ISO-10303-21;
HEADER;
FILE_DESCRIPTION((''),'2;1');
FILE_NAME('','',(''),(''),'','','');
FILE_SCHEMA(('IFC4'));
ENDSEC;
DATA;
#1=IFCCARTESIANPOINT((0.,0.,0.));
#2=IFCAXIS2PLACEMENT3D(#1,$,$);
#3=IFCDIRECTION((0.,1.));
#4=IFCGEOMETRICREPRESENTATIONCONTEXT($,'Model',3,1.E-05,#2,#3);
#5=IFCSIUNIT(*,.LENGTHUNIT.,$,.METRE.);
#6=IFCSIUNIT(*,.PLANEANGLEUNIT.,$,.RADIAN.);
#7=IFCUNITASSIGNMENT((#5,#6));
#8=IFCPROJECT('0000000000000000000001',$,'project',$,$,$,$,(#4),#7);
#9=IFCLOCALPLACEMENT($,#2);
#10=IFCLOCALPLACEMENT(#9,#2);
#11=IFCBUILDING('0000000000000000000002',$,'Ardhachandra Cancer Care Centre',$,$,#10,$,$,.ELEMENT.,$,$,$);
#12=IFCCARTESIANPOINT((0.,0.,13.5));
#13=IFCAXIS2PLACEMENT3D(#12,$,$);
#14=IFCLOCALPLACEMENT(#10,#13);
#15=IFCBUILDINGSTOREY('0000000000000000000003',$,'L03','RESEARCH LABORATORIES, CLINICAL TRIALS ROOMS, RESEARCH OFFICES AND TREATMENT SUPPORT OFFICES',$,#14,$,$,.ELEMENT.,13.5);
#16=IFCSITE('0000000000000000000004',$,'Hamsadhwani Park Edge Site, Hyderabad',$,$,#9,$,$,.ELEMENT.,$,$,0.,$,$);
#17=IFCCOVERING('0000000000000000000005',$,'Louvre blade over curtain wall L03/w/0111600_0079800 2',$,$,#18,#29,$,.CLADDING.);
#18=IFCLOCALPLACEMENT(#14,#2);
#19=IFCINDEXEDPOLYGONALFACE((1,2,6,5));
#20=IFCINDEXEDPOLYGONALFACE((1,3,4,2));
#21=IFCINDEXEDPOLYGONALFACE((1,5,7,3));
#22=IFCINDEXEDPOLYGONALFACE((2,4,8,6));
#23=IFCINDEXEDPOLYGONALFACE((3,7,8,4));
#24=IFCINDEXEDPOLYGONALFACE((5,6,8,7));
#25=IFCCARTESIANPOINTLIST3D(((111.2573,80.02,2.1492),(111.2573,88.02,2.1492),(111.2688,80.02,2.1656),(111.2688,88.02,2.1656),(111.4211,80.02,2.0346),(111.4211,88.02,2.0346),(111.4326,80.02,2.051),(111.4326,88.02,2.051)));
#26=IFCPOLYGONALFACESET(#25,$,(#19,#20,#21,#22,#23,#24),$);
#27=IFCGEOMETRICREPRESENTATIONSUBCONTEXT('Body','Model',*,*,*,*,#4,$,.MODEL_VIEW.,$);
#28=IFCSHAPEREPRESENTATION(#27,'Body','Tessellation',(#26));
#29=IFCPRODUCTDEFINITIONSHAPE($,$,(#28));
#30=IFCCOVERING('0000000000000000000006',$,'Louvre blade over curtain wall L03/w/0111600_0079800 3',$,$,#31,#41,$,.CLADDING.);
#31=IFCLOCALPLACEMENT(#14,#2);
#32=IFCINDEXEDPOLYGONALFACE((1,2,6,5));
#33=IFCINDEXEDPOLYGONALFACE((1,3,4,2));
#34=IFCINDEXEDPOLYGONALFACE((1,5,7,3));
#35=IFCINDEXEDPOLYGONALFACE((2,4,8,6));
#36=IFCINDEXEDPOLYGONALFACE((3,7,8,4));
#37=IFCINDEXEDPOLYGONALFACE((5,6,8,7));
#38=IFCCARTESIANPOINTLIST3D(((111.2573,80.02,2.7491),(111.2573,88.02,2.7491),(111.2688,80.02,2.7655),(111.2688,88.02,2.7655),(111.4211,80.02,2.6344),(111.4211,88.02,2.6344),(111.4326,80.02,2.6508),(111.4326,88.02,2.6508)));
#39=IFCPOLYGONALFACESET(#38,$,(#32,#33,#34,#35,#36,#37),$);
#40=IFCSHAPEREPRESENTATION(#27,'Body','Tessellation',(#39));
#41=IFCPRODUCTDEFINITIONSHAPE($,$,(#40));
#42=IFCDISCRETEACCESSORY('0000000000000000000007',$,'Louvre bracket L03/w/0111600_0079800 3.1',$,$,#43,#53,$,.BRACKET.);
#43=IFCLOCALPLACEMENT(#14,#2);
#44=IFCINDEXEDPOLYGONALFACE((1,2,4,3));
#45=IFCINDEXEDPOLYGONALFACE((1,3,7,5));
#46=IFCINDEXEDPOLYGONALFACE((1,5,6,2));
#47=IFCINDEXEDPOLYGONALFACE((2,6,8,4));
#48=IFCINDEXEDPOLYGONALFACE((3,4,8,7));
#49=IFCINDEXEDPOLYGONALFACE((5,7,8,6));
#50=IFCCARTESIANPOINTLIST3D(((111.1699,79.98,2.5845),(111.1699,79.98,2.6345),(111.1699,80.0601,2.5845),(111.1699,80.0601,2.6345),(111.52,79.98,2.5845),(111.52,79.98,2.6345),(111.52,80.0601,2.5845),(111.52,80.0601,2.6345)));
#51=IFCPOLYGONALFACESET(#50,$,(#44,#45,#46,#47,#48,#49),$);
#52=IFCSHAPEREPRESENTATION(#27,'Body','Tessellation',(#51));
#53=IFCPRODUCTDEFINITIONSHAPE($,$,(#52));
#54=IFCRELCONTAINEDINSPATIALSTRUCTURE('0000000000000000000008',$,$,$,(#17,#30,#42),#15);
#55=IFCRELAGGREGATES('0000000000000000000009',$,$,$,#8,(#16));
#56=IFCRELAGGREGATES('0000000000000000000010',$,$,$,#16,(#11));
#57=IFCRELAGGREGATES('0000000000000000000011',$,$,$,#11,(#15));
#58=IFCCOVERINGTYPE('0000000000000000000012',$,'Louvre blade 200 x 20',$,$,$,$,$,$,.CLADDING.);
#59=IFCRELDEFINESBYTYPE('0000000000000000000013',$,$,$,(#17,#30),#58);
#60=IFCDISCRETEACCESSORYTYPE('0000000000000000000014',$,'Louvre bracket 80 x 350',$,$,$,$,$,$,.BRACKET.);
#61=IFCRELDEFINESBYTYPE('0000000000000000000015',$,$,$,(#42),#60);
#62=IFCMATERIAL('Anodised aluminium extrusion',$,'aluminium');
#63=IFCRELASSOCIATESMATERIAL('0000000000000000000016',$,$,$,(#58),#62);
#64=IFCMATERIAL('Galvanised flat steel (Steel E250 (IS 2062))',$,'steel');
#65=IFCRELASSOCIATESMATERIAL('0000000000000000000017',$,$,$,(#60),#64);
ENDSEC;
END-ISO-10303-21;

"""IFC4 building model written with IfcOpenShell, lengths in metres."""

from ifc_helpers import new_model, si_unit, direction, frame, origin, origin_2d, place, context, subcontext, project, spatial, rectangle, extrude, material, material_profile, profile_set, type_object, element, save


model = new_model("IFC4")

# Units and contexts
model_context = context("Model", 3, precision=1e-05, world=origin(), true_north=direction((0.0, 1.0)))
body_context = subcontext(model_context, "Body", "Model", "MODEL_VIEW")
ifc_project = project(units=[si_unit("LENGTHUNIT", "METRE"), si_unit("PLANEANGLEUNIT", "RADIAN")], contexts=[model_context])

# Site, building, storey
site_placement = place(None, origin())
site = spatial("IfcSite", under=ifc_project, at=site_placement, Name="Hamsadhwani Park Edge Site, Hyderabad", CompositionType="ELEMENT", RefElevation=0.0)
building_placement = place(site_placement, origin())
building = spatial("IfcBuilding", under=site, at=building_placement, Name="Ardhachandra Cancer Care Centre", CompositionType="ELEMENT")
storey_placement = place(building_placement, frame((0.0, 0.0, 13.5)))
storey = spatial("IfcBuildingStorey", under=building, at=storey_placement, Name="L03", Description="RESEARCH LABORATORIES, CLINICAL TRIALS ROOMS, RESEARCH OFFICES AND TREATMENT SUPPORT OFFICES", CompositionType="ELEMENT", Elevation=13.5)

# Coverings
ifc_material_1 = material(Name="Anodised aluminium extrusion", Category="aluminium")
ifc_material_profile_1 = material_profile(ifc_material_1, rectangle(XDim=0.2, YDim=0.02, at=origin_2d()), Name="Louvre blade 200 x 20")
ifc_profile_set_1 = profile_set([ifc_material_profile_1], Name="Anodised aluminium extrusion")
covering_type = type_object("IfcCoveringType", Name="Louvre blade 200 x 20", PredefinedType="CLADDING", material=ifc_profile_set_1)
for number, where, z_axis, x_axis, name in (
    (1, (111.345, 80.02, 2.1001), (0.0, 1.0, 0.0), (-0.819152, 0.0, 0.573576), "Louvre blade over curtain wall L03/w/0111600_0079800 2"),
    (2, (111.345, 80.02, 2.7), (0.0, 1.0, 0.0), (-0.819152, 0.0, 0.573576), "Louvre blade over curtain wall L03/w/0111600_0079800 3"),
):
    element("IfcCovering", number, at=place(storey_placement, frame(where, z_axis=z_axis, x_axis=x_axis)), inside=storey, type_object=covering_type, Name=name, PredefinedType="CLADDING", context=body_context, shape_type="SweptSolid", body=[
        extrude(rectangle(XDim=0.2, YDim=0.02, at=origin_2d()), origin(), (0.0, 0.0, 1.0), 8.0),
    ])

# Discrete accessory
ifc_material_2 = material(Name="Galvanised flat steel (Steel E250 (IS 2062))", Category="steel")
discrete_accessory_type = type_object("IfcDiscreteAccessoryType", Name="Louvre bracket 80 x 350", PredefinedType="BRACKET", material=ifc_material_2)
discrete_accessory_placement = place(storey_placement, frame((111.345, 80.02, 2.5845), z_axis=(0.0, 0.0, 1.0), x_axis=(0.0, 1.0, 0.0)))
element("IfcDiscreteAccessory", 3, at=discrete_accessory_placement, inside=storey, type_object=discrete_accessory_type, Name="Louvre bracket L03/w/0111600_0079800 3.1", PredefinedType="BRACKET", context=body_context, shape_type="SweptSolid", body=[
    extrude(rectangle(XDim=0.0801, YDim=0.3501, at=origin_2d()), origin(), (0.0, 0.0, 1.0), 0.05),
])

save(model, "model.ifc")
